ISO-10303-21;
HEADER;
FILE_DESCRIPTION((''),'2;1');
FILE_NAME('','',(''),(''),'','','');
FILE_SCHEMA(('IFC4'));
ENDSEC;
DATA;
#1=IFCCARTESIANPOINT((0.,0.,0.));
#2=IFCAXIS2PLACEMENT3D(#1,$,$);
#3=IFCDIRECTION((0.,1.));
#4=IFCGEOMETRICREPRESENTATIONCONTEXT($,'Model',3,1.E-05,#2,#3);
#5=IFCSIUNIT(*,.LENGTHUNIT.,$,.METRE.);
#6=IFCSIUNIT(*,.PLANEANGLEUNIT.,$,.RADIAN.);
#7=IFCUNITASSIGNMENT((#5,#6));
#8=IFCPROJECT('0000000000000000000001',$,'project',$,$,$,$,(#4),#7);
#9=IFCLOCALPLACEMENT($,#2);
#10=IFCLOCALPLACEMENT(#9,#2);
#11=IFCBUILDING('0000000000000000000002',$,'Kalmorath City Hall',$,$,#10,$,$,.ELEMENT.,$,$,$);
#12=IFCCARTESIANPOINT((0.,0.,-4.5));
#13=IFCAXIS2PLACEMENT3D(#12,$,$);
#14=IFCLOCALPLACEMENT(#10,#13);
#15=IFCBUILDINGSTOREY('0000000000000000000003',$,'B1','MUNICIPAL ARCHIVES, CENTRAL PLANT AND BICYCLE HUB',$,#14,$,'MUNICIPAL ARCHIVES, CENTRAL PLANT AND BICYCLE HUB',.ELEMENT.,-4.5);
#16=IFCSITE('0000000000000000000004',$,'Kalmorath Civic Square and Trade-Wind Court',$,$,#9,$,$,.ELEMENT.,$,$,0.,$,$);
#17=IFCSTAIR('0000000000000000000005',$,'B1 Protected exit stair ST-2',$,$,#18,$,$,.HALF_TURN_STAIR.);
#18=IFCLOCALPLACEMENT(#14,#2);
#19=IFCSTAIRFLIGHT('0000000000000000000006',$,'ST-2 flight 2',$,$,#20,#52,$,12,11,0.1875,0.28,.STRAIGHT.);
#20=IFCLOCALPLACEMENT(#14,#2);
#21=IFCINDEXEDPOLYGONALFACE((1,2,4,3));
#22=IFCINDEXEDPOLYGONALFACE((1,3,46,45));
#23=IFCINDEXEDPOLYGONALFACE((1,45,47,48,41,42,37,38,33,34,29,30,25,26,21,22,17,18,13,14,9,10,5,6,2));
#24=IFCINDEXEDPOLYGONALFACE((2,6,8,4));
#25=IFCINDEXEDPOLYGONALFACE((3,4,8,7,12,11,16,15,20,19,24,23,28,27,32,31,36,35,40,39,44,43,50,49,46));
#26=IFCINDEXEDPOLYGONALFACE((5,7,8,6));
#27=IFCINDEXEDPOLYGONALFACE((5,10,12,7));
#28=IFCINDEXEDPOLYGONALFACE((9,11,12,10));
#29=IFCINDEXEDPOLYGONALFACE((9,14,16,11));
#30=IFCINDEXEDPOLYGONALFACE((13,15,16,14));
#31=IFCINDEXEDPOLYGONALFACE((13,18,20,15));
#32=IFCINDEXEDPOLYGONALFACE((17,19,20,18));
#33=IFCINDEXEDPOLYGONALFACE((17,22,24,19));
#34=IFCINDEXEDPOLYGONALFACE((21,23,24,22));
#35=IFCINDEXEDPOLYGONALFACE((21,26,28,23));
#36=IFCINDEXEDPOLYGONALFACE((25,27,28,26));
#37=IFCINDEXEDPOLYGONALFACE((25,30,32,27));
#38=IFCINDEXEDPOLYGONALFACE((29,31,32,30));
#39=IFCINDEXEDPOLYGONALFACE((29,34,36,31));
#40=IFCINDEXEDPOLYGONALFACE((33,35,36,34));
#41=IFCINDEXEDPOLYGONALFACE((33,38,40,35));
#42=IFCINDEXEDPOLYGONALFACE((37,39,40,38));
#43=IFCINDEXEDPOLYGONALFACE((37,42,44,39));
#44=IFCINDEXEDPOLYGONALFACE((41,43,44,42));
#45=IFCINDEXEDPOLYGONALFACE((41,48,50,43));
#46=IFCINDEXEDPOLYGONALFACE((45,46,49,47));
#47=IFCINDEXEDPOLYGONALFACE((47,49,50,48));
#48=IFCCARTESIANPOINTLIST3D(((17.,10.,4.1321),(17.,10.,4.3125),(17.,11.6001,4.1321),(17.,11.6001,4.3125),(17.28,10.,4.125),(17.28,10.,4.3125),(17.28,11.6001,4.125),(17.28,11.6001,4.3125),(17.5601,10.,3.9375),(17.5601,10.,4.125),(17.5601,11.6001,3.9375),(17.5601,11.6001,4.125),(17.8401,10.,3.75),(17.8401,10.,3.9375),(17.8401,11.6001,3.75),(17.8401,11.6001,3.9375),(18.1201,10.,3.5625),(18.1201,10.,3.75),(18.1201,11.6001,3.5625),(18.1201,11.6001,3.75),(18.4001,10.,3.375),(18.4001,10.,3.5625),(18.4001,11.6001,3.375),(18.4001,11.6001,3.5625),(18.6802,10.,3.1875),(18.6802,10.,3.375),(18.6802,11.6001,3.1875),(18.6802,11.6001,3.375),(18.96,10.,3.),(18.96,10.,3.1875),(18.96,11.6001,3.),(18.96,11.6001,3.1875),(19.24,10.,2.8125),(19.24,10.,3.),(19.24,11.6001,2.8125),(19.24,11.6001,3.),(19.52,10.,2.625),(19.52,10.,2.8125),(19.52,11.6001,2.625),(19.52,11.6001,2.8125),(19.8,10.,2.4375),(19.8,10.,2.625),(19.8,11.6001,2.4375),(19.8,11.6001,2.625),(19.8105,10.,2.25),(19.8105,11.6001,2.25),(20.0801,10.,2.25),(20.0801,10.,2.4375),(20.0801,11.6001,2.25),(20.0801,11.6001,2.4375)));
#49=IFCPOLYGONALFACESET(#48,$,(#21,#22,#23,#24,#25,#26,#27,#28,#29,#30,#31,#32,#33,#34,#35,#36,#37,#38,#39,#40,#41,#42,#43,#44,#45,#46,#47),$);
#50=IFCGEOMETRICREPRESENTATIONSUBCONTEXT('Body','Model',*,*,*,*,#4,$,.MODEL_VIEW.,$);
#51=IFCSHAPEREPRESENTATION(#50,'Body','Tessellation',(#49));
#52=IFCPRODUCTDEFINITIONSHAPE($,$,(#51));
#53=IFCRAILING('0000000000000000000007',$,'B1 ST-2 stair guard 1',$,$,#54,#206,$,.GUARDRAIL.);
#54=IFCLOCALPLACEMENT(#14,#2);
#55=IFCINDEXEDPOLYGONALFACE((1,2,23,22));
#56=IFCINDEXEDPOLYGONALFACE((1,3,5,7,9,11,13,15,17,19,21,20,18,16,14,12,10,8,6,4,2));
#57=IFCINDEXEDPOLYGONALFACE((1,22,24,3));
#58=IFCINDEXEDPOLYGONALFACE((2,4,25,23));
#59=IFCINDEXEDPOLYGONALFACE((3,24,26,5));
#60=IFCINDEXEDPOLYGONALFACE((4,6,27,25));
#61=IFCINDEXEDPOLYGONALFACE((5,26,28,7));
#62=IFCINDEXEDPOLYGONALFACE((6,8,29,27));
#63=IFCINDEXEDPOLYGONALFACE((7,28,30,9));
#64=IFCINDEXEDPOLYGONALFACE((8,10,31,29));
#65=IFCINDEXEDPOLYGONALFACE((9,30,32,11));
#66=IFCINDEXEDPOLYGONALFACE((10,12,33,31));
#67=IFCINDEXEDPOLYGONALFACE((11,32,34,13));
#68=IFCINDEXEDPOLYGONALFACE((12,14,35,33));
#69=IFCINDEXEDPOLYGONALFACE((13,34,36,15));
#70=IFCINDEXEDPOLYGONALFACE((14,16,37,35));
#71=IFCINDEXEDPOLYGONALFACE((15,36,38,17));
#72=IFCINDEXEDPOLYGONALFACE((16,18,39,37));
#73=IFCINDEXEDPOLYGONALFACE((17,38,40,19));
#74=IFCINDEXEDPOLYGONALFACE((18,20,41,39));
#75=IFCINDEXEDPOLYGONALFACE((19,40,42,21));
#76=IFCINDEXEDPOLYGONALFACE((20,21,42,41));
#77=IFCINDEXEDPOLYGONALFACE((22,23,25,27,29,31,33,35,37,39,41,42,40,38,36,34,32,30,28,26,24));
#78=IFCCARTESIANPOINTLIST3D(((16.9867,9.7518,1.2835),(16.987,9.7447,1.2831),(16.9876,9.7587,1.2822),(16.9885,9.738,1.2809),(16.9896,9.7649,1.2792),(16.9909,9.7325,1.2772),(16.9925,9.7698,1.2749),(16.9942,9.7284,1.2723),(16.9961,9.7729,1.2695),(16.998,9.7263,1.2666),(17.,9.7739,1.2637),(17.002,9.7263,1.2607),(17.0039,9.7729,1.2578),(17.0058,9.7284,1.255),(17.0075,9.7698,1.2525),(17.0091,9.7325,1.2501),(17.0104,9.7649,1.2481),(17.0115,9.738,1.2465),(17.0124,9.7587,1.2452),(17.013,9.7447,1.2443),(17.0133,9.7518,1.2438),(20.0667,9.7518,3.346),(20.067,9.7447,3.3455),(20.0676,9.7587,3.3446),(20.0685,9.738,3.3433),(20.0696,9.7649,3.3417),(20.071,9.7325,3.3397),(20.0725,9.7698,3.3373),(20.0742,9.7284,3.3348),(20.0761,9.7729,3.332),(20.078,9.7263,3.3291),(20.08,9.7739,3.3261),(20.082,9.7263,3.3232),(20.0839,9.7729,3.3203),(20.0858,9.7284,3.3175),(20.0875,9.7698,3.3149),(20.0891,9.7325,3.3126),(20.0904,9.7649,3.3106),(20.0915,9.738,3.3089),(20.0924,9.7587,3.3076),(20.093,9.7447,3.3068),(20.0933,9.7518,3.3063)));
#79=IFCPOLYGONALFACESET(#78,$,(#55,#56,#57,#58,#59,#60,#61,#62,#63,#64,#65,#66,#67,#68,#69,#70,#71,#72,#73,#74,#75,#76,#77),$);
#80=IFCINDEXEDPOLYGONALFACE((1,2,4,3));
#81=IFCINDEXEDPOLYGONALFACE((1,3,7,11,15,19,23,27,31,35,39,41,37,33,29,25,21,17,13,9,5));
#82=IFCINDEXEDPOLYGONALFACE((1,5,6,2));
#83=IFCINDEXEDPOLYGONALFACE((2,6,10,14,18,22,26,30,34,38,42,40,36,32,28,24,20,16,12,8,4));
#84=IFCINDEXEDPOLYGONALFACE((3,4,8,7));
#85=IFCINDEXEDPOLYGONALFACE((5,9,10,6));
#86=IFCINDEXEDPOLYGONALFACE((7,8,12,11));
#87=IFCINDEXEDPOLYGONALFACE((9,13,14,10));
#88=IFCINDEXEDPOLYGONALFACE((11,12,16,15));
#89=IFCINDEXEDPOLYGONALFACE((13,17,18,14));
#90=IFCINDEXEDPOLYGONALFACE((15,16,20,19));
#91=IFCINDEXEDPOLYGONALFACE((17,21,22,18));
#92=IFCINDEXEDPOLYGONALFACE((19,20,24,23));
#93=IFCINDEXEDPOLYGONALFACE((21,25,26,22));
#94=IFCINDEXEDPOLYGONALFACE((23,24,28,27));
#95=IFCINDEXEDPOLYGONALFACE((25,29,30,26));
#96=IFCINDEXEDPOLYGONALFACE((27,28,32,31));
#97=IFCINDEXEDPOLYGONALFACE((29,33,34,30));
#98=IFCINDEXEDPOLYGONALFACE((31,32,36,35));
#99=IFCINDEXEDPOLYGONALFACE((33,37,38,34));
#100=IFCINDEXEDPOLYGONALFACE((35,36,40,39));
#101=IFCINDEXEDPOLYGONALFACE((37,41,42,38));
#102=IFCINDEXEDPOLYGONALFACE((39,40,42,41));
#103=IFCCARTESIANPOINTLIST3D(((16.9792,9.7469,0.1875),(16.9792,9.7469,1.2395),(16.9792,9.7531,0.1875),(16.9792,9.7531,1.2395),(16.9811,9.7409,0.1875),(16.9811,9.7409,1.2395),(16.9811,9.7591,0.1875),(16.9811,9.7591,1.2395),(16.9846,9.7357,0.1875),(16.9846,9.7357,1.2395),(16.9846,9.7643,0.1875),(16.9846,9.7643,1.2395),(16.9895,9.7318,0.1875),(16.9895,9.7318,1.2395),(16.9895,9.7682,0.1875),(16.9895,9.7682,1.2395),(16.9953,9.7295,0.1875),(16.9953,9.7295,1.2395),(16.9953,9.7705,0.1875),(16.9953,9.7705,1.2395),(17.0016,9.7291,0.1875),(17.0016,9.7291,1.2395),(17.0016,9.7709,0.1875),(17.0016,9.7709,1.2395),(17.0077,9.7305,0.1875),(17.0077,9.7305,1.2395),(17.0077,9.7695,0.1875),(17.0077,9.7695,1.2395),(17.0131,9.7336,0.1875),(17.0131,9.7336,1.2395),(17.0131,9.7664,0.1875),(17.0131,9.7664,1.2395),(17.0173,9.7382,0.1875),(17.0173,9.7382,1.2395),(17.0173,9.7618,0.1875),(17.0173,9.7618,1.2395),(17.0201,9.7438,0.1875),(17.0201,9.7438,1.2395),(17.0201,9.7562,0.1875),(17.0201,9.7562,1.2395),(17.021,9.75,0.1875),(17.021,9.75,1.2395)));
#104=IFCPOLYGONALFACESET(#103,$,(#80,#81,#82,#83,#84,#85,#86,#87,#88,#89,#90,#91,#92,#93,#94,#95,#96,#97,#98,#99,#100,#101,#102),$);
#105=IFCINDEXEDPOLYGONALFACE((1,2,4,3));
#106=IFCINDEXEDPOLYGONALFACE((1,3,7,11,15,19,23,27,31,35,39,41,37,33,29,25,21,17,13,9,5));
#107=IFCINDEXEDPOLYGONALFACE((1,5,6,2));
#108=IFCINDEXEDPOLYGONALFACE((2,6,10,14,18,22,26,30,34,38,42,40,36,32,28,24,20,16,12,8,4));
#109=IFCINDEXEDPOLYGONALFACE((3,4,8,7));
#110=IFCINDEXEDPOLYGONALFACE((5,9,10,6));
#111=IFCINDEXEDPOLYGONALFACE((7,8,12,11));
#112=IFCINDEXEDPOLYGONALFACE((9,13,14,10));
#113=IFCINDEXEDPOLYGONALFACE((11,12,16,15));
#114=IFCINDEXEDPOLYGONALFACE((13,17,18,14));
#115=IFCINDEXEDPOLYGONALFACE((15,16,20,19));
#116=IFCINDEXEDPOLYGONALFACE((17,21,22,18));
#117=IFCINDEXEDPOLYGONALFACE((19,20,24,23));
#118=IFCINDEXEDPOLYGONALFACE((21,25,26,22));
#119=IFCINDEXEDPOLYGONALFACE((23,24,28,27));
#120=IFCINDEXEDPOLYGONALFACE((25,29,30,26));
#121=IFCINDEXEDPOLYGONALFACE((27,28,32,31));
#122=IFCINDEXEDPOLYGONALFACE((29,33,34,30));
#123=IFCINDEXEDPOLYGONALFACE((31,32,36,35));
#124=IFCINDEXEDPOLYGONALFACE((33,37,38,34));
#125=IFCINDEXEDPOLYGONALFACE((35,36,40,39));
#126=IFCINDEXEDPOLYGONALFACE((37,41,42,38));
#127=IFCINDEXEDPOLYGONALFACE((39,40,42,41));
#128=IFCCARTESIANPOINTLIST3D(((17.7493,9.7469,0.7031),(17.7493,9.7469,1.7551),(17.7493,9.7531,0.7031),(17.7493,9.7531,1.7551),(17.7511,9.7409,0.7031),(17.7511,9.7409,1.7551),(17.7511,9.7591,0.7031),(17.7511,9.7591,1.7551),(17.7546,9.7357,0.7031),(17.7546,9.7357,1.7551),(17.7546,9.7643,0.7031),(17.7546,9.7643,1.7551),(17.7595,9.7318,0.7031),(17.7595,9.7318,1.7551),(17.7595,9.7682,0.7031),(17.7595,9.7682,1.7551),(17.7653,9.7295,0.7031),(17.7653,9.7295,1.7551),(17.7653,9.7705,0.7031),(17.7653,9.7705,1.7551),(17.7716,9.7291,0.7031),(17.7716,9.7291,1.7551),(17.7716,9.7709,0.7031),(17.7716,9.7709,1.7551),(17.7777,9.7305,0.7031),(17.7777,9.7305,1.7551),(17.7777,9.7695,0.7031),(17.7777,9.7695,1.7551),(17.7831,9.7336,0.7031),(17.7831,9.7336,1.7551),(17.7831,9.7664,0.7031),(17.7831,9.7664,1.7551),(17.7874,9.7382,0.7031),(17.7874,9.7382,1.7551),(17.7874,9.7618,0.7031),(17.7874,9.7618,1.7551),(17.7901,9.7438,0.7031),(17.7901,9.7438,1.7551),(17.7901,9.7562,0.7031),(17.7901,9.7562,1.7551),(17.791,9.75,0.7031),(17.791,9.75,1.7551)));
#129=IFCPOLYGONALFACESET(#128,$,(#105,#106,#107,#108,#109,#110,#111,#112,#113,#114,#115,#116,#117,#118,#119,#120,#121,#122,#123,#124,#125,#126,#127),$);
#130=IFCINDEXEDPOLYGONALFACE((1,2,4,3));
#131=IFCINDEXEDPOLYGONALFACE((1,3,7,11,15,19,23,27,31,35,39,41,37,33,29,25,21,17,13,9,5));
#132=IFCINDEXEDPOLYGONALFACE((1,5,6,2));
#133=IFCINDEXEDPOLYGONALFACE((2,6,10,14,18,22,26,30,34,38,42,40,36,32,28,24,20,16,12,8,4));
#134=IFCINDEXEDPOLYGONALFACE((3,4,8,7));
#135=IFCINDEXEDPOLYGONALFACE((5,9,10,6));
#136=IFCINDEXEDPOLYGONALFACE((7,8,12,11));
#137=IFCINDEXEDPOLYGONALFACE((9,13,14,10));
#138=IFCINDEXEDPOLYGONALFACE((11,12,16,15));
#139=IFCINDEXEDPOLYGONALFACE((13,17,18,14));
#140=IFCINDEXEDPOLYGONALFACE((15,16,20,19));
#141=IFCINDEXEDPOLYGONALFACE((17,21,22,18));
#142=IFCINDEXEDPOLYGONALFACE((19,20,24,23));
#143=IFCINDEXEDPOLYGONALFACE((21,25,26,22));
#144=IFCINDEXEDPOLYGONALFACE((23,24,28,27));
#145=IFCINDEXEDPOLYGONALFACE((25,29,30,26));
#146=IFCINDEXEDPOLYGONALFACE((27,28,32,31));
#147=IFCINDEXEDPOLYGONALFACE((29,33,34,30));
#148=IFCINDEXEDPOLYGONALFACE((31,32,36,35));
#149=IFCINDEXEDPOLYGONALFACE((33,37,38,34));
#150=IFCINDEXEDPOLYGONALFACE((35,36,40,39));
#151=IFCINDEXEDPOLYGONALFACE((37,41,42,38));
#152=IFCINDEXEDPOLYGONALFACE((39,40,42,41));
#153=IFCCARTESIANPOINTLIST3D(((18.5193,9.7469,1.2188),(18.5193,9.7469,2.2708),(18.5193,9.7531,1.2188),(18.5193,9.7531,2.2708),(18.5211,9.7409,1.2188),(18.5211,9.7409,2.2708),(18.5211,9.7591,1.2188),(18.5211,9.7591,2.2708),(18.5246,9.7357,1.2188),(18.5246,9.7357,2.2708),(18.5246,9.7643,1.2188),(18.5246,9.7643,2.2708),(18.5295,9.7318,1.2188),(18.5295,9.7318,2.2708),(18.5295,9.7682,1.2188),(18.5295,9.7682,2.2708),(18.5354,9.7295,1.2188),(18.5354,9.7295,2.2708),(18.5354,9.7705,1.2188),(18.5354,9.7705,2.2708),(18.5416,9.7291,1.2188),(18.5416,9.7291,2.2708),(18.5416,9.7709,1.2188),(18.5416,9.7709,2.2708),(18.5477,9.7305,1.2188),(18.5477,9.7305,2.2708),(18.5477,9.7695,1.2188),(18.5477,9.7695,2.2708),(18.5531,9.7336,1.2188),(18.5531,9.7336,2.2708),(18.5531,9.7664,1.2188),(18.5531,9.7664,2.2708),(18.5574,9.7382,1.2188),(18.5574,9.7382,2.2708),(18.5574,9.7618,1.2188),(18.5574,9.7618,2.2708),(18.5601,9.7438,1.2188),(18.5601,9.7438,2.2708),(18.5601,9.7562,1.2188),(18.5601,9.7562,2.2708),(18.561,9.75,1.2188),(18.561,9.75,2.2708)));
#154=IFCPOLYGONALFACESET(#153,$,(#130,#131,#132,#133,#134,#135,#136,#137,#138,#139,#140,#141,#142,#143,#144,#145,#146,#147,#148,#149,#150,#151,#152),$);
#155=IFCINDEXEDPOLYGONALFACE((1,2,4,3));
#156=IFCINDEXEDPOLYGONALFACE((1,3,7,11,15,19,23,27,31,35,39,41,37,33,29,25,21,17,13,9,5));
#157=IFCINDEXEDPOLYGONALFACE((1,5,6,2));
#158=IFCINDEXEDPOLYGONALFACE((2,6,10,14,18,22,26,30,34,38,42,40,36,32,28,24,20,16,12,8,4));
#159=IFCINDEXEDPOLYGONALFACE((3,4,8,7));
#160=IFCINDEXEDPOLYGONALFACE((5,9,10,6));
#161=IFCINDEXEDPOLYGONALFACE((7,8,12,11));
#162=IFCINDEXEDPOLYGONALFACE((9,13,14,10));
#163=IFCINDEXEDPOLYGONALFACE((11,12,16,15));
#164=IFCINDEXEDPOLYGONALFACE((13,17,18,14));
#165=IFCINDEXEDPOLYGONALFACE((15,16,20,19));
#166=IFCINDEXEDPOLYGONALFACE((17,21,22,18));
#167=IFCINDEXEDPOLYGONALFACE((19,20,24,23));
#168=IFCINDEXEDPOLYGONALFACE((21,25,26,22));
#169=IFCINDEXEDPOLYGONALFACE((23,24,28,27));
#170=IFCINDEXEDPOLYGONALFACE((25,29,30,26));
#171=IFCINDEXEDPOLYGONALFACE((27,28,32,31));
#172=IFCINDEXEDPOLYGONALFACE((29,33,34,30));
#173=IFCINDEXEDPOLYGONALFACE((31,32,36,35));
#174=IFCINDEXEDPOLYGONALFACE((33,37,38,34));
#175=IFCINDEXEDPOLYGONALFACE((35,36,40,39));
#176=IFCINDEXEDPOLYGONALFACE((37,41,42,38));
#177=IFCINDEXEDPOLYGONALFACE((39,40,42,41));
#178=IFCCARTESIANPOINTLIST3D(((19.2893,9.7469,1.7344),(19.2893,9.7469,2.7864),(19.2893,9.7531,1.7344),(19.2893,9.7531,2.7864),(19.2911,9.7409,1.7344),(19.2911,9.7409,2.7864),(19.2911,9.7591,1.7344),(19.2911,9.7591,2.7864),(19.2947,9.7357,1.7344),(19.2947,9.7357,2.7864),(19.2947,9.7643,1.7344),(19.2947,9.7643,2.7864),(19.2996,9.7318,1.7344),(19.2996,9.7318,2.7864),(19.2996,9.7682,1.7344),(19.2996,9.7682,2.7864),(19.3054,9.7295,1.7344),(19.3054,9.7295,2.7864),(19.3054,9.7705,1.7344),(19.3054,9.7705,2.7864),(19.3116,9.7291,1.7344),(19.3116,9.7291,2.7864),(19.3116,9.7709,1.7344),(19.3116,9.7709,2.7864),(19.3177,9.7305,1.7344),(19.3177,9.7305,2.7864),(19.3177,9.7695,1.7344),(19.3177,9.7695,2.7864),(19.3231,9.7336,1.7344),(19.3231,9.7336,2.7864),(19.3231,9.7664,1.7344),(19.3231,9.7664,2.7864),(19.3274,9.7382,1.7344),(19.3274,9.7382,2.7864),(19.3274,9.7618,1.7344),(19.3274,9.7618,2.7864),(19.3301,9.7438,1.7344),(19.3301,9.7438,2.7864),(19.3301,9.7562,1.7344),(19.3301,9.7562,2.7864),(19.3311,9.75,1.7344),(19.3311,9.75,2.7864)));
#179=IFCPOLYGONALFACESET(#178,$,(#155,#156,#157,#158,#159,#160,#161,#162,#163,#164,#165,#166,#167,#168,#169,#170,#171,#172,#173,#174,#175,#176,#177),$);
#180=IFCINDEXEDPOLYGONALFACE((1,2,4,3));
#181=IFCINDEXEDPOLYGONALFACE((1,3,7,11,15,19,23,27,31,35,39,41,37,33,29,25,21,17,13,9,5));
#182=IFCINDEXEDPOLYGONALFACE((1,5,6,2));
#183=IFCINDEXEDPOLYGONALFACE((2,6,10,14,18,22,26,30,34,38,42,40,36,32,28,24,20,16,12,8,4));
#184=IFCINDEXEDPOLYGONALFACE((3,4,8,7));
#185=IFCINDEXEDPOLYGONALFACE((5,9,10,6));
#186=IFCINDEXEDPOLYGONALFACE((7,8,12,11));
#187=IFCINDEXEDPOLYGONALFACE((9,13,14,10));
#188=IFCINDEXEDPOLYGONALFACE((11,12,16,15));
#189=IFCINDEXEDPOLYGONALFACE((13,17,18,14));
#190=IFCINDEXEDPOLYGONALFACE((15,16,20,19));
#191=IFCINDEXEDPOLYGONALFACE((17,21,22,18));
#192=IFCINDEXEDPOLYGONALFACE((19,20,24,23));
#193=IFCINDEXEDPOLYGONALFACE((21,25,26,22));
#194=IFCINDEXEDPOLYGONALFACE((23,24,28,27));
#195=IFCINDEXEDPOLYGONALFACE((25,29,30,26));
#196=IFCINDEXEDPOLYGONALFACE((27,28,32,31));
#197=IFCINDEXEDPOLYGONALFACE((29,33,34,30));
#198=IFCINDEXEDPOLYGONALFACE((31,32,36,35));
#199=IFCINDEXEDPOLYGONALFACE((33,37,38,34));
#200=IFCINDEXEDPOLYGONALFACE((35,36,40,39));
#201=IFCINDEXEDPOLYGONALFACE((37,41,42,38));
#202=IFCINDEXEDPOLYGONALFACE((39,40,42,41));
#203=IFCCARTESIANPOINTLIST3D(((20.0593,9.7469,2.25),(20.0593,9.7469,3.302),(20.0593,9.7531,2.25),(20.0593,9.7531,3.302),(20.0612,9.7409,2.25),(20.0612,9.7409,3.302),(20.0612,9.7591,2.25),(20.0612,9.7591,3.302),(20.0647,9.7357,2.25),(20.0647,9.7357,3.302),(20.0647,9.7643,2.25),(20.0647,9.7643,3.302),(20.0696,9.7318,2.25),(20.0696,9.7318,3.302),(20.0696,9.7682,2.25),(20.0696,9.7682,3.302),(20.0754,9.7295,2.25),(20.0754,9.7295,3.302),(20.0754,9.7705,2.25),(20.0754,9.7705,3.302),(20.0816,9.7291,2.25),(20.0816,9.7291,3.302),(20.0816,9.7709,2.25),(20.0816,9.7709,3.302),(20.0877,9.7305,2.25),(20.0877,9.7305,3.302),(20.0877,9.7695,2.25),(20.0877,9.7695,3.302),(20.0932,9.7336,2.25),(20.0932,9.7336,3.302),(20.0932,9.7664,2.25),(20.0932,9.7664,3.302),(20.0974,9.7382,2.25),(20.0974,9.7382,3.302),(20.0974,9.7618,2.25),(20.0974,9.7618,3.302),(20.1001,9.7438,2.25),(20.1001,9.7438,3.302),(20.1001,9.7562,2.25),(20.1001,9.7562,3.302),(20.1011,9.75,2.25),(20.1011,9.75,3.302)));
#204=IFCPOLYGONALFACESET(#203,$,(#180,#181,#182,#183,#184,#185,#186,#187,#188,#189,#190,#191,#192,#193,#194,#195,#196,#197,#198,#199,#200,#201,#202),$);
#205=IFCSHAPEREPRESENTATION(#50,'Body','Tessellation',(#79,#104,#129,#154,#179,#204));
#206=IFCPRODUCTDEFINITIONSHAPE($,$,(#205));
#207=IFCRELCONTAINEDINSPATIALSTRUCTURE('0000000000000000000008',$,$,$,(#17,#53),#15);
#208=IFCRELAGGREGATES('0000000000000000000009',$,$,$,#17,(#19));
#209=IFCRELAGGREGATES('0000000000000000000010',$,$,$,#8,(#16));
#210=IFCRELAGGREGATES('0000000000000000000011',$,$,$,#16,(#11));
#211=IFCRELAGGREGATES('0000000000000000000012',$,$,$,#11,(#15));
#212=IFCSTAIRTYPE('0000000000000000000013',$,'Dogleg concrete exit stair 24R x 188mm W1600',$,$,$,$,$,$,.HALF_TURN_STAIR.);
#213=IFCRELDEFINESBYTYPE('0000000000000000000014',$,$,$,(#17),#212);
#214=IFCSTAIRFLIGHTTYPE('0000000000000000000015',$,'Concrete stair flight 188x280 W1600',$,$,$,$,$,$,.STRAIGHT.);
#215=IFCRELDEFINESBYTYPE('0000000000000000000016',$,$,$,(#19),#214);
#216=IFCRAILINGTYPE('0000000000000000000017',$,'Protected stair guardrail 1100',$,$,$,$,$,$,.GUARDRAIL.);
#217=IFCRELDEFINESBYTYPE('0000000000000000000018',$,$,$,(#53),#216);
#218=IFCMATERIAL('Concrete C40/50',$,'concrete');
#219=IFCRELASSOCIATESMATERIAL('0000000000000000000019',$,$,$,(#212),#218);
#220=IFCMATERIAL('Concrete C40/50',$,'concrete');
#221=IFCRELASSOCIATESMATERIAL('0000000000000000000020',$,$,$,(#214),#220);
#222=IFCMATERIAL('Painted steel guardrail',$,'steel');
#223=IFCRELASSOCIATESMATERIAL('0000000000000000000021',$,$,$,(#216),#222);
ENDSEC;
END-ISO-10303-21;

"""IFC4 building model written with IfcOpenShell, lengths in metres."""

from ifc_helpers import new_model, si_unit, direction, frame, origin, origin_2d, place, context, subcontext, project, spatial, polyline, circle, outline, extrude, material, type_object, element, aggregate, save


model = new_model("IFC4")

# Units and contexts
model_context = context("Model", 3, precision=1e-05, world=origin(), true_north=direction((0.0, 1.0)))
body_context = subcontext(model_context, "Body", "Model", "MODEL_VIEW")
ifc_project = project(units=[si_unit("LENGTHUNIT", "METRE"), si_unit("PLANEANGLEUNIT", "RADIAN")], contexts=[model_context])

# Site, building, storey
site_placement = place(None, origin())
site = spatial("IfcSite", under=ifc_project, at=site_placement, Name="Kalmorath Civic Square and Trade-Wind Court", CompositionType="ELEMENT", RefElevation=0.0)
building_placement = place(site_placement, origin())
building = spatial("IfcBuilding", under=site, at=building_placement, Name="Kalmorath City Hall", CompositionType="ELEMENT")
storey_placement = place(building_placement, frame((0.0, 0.0, -4.5)))
storey = spatial("IfcBuildingStorey", under=building, at=storey_placement, Name="B1", Description="MUNICIPAL ARCHIVES, CENTRAL PLANT AND BICYCLE HUB", LongName="MUNICIPAL ARCHIVES, CENTRAL PLANT AND BICYCLE HUB", CompositionType="ELEMENT", Elevation=-4.5)

# Stair, stair flight
ifc_material_1 = material(Name="Concrete C40/50", Category="concrete")
stair_type = type_object("IfcStairType", Name="Dogleg concrete exit stair 24R x 188mm W1600", PredefinedType="HALF_TURN_STAIR", material=ifc_material_1)
stair_placement = place(storey_placement, origin())
stair = element("IfcStair", 1, at=stair_placement, inside=storey, type_object=stair_type, Name="B1 Protected exit stair ST-2", PredefinedType="HALF_TURN_STAIR")
ifc_material_2 = material(Name="Concrete C40/50", Category="concrete")
stair_flight_type = type_object("IfcStairFlightType", Name="Concrete stair flight 188x280 W1600", PredefinedType="STRAIGHT", material=ifc_material_2)
stair_flight_1_placement = place(storey_placement, frame((20.0801, 10.8, 2.25), z_axis=(0.0, 0.0, 1.0), x_axis=(-1.0, 0.0, 0.0)))
stair_flight_1 = element("IfcStairFlight", 2, at=stair_flight_1_placement, type_object=stair_flight_type, Name="ST-2 flight 2", NumberOfRisers=12, NumberOfTreads=11, PredefinedType="STRAIGHT", RiserHeight=0.1875, TreadLength=0.28, context=body_context, shape_type="SweptSolid", body=[
    extrude(outline(polyline([(0.0, 0.0), (0.0, 0.1875), (0.28, 0.1875), (0.28, 0.375), (0.5601, 0.375), (0.5601, 0.5625), (0.8401, 0.5625), (0.8401, 0.75), (1.1201, 0.75), (1.1201, 0.9375), (1.3999, 0.9375), (1.3999, 1.125), (1.6799, 1.125), (1.6799, 1.3125), (1.96, 1.3125), (1.96, 1.5), (2.24, 1.5), (2.24, 1.6875), (2.52, 1.6875), (2.52, 1.875), (2.8, 1.875), (2.8, 2.0625), (3.0801, 2.0625), (3.0801, 2.25), (3.0801, 1.8821), (0.2695, 0.0), (0.0, 0.0)])), frame((0.0, 0.8, 0.0), z_axis=(0.0, -1.0, 0.0), x_axis=(1.0, 0.0, 0.0)), (0.0, 0.0, 1.0), 1.6001),
])
aggregate(stair, [stair_flight_1])

# Railing
ifc_material_3 = material(Name="Painted steel guardrail", Category="steel")
railing_type_1 = type_object("IfcRailingType", Name="Protected stair guardrail 1100", PredefinedType="GUARDRAIL", material=ifc_material_3)
railing_1_placement = place(storey_placement, frame((17.0, 9.75, 0.1875)))
element("IfcRailing", 3, at=railing_1_placement, inside=storey, type_object=railing_type_1, Name="B1 ST-2 stair guard 1", PredefinedType="GUARDRAIL", context=body_context, shape_type="SweptSolid", body=[
    extrude(circle(Radius=0.0239, at=origin_2d()), frame((0.0, 0.0, 1.0762), z_axis=(0.830914, 0.0, 0.556401), x_axis=(0.0, 1.0, 0.0)), (0.0, 0.0, 1.0), 3.7068),
    extrude(circle(Radius=0.021, at=origin_2d()), origin(), (0.0, 0.0, 1.0), 1.052),
    extrude(circle(Radius=0.021, at=origin_2d()), frame((0.77, 0.0, 0.5156)), (0.0, 0.0, 1.0), 1.052),
    extrude(circle(Radius=0.021, at=origin_2d()), frame((1.54, 0.0, 1.0312)), (0.0, 0.0, 1.0), 1.052),
    extrude(circle(Radius=0.021, at=origin_2d()), frame((2.3101, 0.0, 1.5469)), (0.0, 0.0, 1.0), 1.052),
    extrude(circle(Radius=0.021, at=origin_2d()), frame((3.0801, 0.0, 2.0625)), (0.0, 0.0, 1.0), 1.052),
])

save(model, "model.ifc")
